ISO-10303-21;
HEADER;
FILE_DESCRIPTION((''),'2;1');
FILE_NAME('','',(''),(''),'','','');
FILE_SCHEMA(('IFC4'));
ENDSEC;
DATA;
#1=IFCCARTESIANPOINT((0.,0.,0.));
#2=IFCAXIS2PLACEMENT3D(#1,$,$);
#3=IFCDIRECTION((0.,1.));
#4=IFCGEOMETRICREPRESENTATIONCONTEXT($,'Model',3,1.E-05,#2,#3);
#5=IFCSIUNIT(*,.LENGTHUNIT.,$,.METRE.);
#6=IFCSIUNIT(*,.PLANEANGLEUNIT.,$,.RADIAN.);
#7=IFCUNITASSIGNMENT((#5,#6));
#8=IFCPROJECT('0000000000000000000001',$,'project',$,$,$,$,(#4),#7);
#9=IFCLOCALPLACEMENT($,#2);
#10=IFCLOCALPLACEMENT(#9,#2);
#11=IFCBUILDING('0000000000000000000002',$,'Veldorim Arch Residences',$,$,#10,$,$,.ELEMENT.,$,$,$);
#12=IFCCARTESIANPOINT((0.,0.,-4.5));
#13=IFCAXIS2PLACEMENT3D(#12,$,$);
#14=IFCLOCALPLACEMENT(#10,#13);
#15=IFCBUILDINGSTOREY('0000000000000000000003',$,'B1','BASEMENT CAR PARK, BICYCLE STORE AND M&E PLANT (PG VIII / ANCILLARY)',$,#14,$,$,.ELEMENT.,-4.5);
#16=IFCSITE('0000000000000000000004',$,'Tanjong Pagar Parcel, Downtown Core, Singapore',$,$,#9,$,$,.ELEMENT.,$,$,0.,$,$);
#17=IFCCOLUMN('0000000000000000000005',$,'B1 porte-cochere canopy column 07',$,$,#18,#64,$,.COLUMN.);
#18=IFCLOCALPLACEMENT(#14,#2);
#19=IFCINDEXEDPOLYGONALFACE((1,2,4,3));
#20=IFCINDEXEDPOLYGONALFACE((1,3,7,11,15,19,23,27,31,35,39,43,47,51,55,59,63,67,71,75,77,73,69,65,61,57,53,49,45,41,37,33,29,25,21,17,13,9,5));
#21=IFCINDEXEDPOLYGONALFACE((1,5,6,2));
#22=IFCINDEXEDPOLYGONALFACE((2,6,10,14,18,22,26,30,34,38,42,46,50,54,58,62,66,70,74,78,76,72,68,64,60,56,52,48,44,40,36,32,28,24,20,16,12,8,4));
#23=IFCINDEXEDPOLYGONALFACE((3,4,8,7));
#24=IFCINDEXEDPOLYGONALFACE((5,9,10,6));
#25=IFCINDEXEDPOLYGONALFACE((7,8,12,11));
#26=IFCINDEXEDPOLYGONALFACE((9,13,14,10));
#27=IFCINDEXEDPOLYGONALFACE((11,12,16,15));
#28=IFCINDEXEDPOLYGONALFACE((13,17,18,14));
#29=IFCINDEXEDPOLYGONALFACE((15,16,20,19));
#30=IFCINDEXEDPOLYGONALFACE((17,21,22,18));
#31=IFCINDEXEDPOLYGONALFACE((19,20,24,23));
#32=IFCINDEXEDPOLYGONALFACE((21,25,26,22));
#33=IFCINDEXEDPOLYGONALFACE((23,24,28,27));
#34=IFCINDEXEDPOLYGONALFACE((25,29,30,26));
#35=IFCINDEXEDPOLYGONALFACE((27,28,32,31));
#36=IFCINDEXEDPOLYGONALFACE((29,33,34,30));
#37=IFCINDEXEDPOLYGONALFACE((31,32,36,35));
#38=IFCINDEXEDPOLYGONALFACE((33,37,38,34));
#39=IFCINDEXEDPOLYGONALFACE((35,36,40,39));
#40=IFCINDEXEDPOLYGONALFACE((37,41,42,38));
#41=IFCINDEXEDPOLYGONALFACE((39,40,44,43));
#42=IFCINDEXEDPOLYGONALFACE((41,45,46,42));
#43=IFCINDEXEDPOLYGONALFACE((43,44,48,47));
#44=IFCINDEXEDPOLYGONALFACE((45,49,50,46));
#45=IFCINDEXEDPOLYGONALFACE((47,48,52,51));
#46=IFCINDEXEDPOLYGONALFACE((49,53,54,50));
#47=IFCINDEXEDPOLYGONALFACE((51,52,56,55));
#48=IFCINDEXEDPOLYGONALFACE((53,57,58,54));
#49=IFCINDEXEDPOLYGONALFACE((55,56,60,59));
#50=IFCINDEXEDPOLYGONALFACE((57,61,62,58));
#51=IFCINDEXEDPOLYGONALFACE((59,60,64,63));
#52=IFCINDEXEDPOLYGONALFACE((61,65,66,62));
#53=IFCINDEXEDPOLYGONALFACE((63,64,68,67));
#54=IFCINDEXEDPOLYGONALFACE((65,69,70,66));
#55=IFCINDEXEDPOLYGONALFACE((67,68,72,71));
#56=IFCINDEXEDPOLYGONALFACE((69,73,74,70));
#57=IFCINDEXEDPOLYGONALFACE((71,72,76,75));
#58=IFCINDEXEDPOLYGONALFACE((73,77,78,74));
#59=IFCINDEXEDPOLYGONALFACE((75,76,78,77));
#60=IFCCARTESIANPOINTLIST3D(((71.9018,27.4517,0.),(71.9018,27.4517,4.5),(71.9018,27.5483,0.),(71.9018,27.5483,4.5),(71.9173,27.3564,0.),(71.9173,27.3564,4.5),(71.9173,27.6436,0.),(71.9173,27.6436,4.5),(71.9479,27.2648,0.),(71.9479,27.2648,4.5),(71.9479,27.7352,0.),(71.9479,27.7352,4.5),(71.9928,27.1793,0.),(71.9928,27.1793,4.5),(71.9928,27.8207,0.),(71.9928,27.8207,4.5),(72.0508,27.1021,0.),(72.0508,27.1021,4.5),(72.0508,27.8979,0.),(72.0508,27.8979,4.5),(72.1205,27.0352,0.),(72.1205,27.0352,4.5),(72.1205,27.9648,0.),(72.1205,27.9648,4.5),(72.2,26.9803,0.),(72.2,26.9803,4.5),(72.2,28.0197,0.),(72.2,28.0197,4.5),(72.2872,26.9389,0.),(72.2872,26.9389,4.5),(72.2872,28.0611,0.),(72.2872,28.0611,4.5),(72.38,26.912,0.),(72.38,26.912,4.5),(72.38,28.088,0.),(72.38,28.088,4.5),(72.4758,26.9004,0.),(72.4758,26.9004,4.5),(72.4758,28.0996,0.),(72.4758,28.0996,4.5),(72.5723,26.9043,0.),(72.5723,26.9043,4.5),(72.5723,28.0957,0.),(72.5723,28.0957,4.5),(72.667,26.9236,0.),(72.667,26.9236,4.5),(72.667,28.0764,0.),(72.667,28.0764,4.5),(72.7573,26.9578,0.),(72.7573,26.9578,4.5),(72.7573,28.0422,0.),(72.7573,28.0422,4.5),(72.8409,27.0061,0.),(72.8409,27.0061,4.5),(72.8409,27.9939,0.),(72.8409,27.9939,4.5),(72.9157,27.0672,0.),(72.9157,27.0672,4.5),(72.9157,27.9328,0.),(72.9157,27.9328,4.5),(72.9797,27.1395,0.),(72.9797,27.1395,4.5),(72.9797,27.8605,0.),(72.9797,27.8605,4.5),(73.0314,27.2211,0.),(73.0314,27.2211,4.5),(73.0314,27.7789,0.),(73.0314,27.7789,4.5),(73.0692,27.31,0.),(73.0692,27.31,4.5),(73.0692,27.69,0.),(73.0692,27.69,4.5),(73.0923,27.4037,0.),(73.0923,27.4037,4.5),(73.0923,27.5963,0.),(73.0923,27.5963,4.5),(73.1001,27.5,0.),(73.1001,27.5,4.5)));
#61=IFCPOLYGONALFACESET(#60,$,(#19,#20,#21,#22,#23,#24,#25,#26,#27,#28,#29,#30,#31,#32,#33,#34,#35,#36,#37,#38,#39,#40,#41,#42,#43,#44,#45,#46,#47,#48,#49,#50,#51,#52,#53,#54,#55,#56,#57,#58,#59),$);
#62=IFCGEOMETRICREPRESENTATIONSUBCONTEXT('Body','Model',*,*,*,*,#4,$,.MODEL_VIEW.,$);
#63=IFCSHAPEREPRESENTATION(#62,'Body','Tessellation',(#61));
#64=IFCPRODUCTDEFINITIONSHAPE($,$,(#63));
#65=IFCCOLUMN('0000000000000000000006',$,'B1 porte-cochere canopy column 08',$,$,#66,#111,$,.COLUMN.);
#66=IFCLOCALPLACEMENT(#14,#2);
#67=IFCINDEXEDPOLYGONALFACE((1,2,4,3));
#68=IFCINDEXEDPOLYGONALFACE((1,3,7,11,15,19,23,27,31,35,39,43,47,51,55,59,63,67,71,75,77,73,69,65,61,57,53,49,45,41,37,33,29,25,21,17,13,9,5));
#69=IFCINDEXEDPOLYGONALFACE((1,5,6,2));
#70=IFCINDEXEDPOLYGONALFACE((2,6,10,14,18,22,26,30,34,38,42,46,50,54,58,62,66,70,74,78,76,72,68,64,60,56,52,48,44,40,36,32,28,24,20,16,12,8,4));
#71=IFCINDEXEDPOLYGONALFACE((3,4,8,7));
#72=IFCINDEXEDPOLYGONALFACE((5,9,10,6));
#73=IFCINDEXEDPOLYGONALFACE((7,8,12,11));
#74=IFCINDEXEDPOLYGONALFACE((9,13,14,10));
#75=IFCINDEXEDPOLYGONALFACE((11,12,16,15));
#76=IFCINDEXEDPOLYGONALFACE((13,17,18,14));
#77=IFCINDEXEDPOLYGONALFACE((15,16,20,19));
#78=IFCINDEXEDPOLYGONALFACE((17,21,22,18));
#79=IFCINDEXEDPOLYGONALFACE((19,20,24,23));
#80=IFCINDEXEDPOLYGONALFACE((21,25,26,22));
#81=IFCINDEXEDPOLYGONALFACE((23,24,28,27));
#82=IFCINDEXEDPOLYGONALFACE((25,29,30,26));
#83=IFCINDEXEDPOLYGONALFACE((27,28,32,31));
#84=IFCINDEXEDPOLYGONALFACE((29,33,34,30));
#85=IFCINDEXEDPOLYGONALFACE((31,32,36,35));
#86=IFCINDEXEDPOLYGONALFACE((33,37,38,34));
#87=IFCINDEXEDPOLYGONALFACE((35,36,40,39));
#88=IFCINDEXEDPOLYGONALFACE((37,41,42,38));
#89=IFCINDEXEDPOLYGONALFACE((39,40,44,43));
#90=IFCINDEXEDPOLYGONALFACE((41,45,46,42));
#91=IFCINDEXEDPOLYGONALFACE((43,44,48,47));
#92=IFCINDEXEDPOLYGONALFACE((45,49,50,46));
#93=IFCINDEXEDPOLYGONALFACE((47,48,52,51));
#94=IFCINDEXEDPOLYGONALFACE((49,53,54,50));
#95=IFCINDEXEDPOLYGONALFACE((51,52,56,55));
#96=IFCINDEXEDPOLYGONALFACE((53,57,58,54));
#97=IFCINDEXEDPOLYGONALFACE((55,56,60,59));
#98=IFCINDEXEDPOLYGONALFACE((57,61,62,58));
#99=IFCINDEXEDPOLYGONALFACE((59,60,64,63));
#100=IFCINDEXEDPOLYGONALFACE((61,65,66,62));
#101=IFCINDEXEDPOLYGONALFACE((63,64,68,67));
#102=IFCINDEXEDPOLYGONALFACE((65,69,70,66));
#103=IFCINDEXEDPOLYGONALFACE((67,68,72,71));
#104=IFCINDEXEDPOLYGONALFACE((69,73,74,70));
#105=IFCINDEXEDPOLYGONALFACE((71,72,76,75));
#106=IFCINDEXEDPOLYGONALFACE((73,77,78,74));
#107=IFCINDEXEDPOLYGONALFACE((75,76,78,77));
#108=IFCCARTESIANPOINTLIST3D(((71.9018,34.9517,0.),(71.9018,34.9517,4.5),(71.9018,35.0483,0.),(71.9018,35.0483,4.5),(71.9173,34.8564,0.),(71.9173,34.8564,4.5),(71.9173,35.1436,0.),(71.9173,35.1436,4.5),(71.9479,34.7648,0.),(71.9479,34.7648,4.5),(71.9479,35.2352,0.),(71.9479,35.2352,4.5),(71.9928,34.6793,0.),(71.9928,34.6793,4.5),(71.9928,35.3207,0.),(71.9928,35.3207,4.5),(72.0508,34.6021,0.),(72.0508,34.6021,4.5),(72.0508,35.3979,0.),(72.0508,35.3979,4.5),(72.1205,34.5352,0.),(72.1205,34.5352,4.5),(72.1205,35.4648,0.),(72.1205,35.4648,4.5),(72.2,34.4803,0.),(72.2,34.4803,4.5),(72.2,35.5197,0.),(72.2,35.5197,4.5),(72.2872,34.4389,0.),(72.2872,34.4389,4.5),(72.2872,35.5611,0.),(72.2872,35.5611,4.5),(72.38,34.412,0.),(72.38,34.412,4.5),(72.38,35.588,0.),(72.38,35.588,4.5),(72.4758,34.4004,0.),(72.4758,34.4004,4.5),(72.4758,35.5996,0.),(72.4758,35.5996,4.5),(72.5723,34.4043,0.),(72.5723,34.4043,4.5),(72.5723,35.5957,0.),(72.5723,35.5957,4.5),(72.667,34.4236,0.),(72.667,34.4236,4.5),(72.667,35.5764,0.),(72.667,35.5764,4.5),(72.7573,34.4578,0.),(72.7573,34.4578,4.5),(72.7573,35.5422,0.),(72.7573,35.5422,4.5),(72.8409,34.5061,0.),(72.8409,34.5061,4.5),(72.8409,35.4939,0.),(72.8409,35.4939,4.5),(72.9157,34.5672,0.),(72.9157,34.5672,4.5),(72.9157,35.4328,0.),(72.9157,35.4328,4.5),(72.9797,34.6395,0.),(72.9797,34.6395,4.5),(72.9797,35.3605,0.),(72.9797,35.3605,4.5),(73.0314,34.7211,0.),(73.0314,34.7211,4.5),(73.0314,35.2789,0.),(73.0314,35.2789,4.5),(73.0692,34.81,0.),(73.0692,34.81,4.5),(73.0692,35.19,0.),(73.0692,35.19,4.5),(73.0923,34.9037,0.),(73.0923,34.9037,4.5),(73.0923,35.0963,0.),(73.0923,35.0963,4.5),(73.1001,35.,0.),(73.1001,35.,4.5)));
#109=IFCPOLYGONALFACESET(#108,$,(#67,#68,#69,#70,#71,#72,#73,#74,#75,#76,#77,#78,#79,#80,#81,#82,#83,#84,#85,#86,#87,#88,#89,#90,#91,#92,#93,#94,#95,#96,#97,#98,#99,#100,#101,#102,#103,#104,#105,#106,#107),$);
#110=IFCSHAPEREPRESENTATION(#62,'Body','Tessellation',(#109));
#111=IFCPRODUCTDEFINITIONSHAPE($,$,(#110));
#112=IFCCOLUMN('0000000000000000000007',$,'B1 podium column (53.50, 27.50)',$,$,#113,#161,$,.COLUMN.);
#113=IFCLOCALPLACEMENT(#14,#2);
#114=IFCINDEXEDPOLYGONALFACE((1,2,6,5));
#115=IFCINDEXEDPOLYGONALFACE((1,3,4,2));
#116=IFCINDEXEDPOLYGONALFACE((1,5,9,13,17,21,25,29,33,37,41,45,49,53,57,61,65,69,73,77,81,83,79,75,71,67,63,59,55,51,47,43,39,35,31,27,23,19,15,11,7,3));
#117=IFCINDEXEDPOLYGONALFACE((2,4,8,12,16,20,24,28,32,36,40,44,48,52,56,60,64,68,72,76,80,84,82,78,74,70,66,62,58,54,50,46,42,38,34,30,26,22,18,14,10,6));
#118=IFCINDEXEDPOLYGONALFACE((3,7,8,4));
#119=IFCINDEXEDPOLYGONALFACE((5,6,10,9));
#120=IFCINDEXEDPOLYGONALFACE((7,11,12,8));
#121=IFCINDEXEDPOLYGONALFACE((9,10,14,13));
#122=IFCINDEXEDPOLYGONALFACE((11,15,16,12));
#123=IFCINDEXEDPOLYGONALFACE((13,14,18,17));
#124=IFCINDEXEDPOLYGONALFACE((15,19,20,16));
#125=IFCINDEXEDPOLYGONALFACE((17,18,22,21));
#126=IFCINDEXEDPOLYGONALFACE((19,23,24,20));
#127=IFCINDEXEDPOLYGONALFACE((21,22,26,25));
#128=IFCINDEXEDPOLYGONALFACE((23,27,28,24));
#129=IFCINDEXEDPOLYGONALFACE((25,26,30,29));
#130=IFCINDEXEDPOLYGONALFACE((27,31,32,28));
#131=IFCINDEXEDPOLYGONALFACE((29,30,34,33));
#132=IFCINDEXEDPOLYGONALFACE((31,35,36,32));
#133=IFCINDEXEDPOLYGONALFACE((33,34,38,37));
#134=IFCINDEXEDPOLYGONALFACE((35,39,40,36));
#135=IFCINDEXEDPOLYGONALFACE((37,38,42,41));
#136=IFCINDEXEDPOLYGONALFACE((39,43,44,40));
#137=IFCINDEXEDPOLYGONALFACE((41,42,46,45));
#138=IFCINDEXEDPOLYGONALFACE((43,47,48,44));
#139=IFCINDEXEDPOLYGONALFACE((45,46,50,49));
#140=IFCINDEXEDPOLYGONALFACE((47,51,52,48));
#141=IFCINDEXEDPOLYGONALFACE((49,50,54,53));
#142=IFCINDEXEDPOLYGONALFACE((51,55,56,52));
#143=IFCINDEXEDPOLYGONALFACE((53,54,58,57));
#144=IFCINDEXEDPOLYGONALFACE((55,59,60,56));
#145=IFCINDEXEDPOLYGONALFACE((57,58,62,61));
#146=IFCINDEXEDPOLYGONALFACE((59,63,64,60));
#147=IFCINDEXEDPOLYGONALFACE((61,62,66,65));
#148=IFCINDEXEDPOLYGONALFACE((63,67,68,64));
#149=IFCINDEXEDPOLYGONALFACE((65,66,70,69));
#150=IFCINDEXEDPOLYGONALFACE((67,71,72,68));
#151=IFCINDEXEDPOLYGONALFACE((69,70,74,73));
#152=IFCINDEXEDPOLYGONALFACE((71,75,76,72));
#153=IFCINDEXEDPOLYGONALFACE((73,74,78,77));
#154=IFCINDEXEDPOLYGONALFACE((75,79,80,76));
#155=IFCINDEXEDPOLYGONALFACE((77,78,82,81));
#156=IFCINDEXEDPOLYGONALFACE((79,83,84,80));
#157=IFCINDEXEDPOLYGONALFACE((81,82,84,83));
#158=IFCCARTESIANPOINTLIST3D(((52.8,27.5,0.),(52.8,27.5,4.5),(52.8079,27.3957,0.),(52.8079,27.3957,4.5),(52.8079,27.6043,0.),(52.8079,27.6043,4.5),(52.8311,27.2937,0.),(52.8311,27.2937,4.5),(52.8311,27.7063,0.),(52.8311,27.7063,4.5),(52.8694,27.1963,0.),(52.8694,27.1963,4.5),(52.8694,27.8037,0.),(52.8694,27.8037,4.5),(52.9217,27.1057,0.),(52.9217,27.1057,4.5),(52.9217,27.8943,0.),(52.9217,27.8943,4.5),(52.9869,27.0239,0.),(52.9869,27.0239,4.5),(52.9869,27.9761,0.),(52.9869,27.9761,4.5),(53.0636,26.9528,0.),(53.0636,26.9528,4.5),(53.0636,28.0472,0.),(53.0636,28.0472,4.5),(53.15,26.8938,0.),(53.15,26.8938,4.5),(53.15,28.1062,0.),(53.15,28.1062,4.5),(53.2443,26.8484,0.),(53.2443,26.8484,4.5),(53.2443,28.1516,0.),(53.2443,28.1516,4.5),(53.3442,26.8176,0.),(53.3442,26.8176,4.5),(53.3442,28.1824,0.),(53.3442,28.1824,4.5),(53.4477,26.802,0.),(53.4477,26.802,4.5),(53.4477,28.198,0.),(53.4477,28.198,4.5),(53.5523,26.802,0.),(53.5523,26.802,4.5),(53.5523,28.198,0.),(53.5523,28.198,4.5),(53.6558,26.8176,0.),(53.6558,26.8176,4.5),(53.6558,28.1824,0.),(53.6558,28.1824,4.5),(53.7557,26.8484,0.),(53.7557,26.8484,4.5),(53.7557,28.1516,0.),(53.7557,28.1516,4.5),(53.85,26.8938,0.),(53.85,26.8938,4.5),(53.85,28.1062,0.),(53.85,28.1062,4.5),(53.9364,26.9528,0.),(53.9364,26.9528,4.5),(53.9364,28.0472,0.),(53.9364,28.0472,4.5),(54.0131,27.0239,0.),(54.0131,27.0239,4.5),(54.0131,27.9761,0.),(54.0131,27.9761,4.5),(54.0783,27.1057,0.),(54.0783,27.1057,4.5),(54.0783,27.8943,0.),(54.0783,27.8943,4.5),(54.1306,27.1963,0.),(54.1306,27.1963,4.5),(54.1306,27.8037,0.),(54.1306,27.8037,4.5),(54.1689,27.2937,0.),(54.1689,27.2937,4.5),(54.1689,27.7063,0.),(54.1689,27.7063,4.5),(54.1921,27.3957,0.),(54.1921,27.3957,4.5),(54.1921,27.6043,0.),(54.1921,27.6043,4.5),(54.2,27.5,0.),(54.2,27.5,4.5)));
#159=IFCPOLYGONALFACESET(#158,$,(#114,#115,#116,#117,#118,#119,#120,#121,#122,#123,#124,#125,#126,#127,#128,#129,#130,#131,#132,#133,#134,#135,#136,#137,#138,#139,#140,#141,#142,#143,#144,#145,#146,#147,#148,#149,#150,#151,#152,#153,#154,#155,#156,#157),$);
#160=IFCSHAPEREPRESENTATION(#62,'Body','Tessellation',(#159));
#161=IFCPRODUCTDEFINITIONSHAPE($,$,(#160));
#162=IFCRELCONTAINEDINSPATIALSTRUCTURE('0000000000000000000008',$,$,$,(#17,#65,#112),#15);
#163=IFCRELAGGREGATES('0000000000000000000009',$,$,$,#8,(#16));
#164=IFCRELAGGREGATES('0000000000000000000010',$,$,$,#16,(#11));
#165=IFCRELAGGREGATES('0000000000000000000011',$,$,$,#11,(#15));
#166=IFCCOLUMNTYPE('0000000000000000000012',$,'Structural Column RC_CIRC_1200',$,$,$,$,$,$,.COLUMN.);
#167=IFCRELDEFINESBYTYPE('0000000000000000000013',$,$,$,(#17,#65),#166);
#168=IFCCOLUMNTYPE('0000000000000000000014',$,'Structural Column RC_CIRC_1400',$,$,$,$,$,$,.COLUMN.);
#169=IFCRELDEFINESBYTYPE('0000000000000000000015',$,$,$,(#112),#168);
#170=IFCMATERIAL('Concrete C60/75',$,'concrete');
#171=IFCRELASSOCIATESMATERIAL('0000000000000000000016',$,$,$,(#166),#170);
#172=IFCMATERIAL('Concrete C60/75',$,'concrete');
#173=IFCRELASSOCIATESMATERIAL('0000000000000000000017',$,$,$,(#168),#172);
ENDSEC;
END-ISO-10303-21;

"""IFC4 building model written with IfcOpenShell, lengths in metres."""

from ifc_helpers import new_model, si_unit, direction, frame, origin, origin_2d, place, context, subcontext, project, spatial, circle, extrude, material, material_profile, profile_set, type_object, element, save


model = new_model("IFC4")

# Units and contexts
model_context = context("Model", 3, precision=1e-05, world=origin(), true_north=direction((0.0, 1.0)))
body_context = subcontext(model_context, "Body", "Model", "MODEL_VIEW")
ifc_project = project(units=[si_unit("LENGTHUNIT", "METRE"), si_unit("PLANEANGLEUNIT", "RADIAN")], contexts=[model_context])

# Site, building, storey
site_placement = place(None, origin())
site = spatial("IfcSite", under=ifc_project, at=site_placement, Name="Tanjong Pagar Parcel, Downtown Core, Singapore", CompositionType="ELEMENT", RefElevation=0.0)
building_placement = place(site_placement, origin())
building = spatial("IfcBuilding", under=site, at=building_placement, Name="Veldorim Arch Residences", CompositionType="ELEMENT")
storey_placement = place(building_placement, frame((0.0, 0.0, -4.5)))
storey = spatial("IfcBuildingStorey", under=building, at=storey_placement, Name="B1", Description="BASEMENT CAR PARK, BICYCLE STORE AND M&E PLANT (PG VIII / ANCILLARY)", CompositionType="ELEMENT", Elevation=-4.5)

# Columns
ifc_material_1 = material(Name="Concrete C60/75", Category="concrete")
ifc_material_profile_1 = material_profile(ifc_material_1, circle(Radius=0.6001, at=origin_2d()), Name="RC_CIRC_1200")
ifc_profile_set_1 = profile_set([ifc_material_profile_1], Name="Concrete C60/75")
column_type_1 = type_object("IfcColumnType", Name="Structural Column RC_CIRC_1200", PredefinedType="COLUMN", material=ifc_profile_set_1)
for number, where, z_axis, x_axis, name in (
    (1, (72.5, 27.5, 0.0), (0.0, 0.0, 1.0), (1.0, 0.0, 0.0), "B1 porte-cochere canopy column 07"),
    (2, (72.5, 35.0, 0.0), (0.0, 0.0, 1.0), (1.0, 0.0, 0.0), "B1 porte-cochere canopy column 08"),
):
    element("IfcColumn", number, at=place(storey_placement, frame(where, z_axis=z_axis, x_axis=x_axis)), inside=storey, type_object=column_type_1, Name=name, PredefinedType="COLUMN", context=body_context, shape_type="SweptSolid", body=[
        extrude(circle(Radius=0.6001, at=origin_2d()), origin(), (0.0, 0.0, 1.0), 4.5),
    ])
ifc_material_2 = material(Name="Concrete C60/75", Category="concrete")
ifc_material_profile_2 = material_profile(ifc_material_2, circle(Radius=0.7, at=origin_2d()), Name="RC_CIRC_1400")
ifc_profile_set_2 = profile_set([ifc_material_profile_2], Name="Concrete C60/75")
column_type_2 = type_object("IfcColumnType", Name="Structural Column RC_CIRC_1400", PredefinedType="COLUMN", material=ifc_profile_set_2)
for number, where, z_axis, x_axis, name in (
    (3, (53.5, 27.5, 0.0), (0.0, 0.0, 1.0), (1.0, 0.0, 0.0), "B1 podium column (53.50, 27.50)"),
):
    element("IfcColumn", number, at=place(storey_placement, frame(where, z_axis=z_axis, x_axis=x_axis)), inside=storey, type_object=column_type_2, Name=name, PredefinedType="COLUMN", context=body_context, shape_type="SweptSolid", body=[
        extrude(circle(Radius=0.7, at=origin_2d()), origin(), (0.0, 0.0, 1.0), 4.5),
    ])

save(model, "model.ifc")
